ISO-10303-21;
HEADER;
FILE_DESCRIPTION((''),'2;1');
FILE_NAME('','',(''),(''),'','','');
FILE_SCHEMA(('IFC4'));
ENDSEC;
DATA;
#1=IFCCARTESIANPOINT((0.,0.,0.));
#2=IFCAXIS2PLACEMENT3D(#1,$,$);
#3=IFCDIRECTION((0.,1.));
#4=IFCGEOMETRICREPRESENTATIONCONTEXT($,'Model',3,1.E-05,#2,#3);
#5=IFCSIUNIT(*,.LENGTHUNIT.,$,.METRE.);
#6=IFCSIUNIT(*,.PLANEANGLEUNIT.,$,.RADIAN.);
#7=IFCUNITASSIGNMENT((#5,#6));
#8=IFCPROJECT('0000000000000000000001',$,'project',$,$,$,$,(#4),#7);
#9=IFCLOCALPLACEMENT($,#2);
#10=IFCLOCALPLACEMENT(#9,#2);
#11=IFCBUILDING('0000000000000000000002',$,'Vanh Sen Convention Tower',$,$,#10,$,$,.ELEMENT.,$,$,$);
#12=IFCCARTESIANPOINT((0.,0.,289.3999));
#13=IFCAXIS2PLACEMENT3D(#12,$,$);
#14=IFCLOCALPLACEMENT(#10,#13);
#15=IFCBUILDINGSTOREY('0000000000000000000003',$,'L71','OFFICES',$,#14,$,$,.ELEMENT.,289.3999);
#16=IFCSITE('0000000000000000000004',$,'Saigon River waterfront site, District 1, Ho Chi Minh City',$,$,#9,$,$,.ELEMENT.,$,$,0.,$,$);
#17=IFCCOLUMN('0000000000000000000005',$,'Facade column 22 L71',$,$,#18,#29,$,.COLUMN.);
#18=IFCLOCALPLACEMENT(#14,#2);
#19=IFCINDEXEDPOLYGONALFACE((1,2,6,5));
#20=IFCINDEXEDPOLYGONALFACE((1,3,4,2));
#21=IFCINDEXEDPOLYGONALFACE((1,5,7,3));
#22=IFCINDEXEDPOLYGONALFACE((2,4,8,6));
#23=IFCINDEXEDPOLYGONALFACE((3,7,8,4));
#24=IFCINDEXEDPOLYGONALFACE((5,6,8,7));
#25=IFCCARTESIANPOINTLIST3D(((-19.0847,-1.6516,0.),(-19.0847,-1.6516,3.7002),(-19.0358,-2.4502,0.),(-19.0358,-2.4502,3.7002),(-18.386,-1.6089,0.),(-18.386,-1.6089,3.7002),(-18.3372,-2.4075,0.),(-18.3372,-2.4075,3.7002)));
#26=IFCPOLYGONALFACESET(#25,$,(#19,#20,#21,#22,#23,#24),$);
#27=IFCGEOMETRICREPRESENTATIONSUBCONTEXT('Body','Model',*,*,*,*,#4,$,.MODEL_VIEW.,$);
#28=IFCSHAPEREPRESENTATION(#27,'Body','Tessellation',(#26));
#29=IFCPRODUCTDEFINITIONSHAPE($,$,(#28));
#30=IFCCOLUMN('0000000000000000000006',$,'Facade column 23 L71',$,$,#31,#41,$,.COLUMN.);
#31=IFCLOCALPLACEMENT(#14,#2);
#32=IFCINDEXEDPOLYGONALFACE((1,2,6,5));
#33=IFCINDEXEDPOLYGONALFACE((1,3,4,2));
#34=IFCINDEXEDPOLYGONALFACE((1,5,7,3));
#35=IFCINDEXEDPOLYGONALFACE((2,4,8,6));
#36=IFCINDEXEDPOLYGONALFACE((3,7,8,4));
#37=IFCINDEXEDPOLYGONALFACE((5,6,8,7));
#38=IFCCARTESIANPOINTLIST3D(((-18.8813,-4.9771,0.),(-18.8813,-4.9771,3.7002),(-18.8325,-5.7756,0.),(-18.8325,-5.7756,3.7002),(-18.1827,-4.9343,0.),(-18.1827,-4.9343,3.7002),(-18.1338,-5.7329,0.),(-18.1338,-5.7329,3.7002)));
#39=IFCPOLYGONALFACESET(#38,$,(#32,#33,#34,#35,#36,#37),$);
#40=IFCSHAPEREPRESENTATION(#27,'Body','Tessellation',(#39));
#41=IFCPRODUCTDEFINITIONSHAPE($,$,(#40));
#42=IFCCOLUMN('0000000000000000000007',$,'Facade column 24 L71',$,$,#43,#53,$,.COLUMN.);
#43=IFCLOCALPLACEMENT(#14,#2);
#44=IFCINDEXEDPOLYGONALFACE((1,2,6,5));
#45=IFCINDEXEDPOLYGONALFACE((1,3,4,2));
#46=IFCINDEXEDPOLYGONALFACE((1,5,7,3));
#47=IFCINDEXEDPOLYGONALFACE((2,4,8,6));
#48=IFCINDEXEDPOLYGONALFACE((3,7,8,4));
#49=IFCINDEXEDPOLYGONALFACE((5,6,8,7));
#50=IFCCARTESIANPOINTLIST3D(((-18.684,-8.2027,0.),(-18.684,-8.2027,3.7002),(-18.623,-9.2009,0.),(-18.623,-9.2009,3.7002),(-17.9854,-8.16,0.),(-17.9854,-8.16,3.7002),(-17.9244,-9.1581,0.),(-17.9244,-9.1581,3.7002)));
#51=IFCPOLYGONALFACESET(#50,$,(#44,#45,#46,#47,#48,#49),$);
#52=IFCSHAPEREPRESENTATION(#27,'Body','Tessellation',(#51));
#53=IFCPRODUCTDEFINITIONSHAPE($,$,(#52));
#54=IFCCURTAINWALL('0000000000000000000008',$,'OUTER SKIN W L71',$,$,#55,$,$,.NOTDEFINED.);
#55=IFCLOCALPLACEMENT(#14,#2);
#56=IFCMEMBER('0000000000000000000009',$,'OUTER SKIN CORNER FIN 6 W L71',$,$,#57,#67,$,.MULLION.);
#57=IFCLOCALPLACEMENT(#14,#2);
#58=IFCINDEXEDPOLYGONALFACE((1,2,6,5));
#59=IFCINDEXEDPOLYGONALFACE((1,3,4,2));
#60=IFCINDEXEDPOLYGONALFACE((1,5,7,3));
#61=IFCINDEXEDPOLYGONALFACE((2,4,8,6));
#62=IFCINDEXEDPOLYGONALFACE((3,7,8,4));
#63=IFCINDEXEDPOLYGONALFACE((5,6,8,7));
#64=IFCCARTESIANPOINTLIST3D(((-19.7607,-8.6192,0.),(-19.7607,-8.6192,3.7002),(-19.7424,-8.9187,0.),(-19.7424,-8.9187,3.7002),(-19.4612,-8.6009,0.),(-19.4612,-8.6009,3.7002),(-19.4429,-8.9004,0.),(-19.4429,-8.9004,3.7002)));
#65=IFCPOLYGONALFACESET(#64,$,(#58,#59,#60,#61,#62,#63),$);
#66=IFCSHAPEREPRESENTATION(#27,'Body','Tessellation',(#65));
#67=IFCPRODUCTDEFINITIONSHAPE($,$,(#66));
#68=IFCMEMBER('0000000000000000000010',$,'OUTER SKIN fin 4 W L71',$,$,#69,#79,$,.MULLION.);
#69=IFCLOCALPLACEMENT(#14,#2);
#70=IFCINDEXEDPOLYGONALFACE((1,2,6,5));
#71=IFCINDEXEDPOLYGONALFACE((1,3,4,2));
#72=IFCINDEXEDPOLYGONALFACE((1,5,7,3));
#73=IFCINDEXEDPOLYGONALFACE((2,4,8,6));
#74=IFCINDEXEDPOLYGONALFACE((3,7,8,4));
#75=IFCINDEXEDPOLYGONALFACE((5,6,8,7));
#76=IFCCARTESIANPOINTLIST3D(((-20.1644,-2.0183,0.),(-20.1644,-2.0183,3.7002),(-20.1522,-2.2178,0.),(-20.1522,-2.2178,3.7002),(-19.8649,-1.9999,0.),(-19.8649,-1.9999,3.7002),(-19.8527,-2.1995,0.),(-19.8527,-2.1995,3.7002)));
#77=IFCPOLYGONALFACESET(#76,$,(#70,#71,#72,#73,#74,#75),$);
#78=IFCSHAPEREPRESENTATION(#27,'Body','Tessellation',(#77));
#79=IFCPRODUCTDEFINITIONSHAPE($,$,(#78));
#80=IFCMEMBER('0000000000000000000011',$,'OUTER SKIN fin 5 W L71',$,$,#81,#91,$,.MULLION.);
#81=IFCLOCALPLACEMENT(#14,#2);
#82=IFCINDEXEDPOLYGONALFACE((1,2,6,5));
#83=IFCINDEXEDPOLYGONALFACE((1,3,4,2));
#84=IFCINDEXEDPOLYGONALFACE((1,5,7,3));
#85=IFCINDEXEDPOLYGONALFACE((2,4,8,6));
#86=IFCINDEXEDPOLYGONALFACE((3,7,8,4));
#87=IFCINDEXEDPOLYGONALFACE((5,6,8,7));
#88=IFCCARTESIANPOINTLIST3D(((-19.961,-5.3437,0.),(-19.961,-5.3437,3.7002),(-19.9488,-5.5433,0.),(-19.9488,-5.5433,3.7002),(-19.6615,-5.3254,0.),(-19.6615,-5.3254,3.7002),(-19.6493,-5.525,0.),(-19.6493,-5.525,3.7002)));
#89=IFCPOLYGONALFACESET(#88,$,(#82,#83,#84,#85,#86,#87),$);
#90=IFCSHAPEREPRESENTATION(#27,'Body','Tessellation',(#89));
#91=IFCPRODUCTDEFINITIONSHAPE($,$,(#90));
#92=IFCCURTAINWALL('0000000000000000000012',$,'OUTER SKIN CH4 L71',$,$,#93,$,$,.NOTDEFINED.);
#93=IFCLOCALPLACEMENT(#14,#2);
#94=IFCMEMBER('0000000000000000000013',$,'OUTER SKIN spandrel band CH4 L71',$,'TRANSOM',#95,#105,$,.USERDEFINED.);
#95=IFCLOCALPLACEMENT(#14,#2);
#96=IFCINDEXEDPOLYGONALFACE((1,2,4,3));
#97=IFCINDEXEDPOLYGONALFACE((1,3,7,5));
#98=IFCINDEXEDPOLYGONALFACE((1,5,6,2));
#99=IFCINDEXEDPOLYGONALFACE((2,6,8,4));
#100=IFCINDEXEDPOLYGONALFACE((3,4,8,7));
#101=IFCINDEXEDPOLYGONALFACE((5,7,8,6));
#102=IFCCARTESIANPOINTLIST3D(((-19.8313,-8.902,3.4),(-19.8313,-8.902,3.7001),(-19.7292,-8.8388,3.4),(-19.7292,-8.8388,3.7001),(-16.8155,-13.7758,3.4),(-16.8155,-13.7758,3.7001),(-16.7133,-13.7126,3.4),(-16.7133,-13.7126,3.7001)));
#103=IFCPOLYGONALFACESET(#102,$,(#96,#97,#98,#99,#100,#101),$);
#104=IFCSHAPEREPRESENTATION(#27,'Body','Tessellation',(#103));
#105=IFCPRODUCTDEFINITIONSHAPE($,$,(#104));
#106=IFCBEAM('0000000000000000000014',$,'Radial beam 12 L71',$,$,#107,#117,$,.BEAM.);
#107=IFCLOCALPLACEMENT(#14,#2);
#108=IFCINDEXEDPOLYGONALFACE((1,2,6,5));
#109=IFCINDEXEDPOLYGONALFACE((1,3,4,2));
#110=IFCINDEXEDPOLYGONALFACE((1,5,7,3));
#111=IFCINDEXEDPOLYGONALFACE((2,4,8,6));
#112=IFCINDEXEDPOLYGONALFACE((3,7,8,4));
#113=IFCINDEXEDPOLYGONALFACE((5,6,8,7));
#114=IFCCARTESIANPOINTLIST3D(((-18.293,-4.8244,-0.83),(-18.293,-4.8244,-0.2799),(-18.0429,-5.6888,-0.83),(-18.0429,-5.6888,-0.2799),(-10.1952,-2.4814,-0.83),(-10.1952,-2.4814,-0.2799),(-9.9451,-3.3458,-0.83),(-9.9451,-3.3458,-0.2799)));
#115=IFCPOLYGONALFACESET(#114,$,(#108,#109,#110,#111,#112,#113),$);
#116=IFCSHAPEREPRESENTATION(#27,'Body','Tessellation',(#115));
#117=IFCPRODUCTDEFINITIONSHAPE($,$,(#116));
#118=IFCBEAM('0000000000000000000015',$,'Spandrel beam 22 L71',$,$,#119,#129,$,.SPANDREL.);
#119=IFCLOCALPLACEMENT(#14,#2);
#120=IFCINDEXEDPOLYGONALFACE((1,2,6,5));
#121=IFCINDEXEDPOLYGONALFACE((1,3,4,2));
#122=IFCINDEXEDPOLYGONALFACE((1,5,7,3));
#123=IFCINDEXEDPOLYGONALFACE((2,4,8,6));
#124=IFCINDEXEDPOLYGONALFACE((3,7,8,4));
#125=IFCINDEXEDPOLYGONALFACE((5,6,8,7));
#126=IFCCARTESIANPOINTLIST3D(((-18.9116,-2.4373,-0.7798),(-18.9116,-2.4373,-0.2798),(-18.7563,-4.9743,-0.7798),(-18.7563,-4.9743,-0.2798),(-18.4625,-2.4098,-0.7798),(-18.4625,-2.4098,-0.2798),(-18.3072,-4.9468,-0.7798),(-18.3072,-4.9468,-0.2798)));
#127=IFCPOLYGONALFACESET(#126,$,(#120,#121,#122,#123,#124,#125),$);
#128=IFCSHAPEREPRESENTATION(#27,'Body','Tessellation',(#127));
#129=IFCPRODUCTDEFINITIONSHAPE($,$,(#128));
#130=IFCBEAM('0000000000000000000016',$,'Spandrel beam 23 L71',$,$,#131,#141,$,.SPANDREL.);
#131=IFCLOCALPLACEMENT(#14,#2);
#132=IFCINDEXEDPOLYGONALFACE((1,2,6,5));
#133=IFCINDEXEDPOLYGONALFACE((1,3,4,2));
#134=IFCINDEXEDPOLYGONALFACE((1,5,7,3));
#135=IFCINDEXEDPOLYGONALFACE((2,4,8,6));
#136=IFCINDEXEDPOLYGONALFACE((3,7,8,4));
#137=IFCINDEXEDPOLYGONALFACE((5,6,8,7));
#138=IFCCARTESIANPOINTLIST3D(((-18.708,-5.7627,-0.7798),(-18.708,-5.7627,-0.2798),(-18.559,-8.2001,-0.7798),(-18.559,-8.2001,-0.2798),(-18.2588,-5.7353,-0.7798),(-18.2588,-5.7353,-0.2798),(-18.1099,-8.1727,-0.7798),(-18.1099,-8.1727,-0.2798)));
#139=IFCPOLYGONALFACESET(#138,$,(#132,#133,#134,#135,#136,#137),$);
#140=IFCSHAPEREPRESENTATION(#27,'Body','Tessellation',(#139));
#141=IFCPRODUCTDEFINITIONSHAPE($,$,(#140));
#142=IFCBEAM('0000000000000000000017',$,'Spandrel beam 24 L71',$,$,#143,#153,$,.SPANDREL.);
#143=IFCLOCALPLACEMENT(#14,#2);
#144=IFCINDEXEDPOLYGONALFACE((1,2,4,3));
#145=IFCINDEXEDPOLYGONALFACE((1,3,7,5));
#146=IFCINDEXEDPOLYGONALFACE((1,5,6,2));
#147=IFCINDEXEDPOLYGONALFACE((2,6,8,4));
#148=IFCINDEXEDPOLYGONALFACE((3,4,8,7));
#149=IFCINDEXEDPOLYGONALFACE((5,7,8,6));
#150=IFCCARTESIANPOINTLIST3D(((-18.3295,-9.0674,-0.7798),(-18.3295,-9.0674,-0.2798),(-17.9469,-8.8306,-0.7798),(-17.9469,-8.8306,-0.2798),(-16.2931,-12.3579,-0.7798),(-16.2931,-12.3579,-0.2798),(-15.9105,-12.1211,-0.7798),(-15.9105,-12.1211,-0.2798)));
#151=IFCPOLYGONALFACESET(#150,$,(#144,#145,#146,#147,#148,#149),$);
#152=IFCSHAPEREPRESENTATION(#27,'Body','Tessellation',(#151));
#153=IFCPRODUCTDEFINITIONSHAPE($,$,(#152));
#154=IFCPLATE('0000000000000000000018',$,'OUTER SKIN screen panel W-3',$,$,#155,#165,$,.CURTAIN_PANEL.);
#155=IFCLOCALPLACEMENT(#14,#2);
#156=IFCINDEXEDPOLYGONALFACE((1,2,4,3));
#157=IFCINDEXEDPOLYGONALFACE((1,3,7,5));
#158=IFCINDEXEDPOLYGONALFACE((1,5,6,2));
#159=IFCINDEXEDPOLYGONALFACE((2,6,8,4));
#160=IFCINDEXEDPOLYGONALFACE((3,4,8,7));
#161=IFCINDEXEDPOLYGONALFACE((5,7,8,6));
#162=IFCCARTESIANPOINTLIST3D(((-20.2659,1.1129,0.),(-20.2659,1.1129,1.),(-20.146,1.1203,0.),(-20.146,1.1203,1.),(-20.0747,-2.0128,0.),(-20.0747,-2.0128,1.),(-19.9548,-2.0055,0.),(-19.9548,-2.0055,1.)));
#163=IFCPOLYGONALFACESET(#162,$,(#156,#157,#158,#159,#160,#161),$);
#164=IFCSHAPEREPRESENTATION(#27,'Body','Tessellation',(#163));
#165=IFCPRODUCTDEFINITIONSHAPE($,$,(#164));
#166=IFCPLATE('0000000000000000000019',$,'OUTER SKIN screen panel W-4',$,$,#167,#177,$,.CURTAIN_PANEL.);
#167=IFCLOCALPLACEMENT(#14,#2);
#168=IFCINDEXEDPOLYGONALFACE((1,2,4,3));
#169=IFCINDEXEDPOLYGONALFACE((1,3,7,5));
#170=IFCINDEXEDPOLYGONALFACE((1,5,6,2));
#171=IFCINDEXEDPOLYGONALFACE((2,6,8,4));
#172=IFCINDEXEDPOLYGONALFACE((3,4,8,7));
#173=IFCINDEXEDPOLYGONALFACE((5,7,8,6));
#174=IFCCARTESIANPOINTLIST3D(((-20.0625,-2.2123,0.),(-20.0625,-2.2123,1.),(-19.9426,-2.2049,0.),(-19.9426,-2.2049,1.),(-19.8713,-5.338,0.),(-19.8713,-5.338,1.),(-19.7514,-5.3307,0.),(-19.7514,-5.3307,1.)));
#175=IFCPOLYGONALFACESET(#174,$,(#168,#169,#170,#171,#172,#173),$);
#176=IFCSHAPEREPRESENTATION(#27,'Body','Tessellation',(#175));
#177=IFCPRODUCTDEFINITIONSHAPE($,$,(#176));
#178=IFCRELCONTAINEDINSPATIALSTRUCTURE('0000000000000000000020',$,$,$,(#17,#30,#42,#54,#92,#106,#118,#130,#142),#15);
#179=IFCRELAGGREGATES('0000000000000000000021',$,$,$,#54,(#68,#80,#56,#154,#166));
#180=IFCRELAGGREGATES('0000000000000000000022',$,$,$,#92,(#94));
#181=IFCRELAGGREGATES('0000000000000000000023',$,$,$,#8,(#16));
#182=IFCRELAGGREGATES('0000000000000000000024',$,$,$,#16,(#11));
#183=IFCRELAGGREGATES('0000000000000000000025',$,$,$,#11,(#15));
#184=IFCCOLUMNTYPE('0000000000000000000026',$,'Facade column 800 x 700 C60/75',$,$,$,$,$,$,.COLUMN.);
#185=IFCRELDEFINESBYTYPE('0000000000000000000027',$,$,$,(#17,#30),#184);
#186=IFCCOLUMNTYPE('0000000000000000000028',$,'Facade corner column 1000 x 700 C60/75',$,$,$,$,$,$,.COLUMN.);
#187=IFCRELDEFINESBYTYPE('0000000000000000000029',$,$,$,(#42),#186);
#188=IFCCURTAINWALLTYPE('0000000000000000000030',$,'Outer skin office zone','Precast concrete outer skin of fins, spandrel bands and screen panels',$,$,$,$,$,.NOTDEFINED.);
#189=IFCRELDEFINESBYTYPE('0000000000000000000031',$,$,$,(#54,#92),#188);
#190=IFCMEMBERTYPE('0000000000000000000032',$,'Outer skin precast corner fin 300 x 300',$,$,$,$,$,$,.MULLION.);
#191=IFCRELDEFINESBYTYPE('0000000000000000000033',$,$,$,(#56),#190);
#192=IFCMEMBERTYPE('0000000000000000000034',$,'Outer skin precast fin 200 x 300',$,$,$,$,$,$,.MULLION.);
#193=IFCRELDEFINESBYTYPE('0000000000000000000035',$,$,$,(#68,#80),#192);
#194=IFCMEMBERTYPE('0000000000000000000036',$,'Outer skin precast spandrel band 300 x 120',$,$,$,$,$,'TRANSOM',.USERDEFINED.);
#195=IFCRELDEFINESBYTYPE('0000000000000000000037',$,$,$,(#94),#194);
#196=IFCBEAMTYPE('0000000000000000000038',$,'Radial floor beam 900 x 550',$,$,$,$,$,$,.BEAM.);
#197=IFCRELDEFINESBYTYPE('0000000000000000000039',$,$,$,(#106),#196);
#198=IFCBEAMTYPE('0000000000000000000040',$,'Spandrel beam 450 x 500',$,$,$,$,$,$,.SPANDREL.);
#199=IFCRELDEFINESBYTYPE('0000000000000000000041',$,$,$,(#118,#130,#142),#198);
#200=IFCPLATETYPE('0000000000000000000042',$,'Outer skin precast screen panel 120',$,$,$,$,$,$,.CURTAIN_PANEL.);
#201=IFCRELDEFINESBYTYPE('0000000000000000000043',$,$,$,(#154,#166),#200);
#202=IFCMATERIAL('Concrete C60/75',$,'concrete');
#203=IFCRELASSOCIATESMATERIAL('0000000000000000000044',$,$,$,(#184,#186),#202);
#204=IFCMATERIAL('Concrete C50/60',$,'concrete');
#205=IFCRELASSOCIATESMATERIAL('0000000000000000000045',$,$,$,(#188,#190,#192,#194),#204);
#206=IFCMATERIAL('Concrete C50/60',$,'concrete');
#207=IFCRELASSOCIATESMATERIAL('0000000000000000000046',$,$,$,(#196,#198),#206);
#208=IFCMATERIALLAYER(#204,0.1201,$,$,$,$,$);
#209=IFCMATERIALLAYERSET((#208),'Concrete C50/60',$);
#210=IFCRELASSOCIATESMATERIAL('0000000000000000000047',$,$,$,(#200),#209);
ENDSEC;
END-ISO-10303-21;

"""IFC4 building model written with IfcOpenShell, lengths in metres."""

from ifc_helpers import new_model, si_unit, direction, frame, origin, origin_2d, place, context, subcontext, project, spatial, rectangle, extrude, material, layer, layer_set, material_profile, profile_set, type_object, element, aggregate, save


model = new_model("IFC4")

# Units and contexts
model_context = context("Model", 3, precision=1e-05, world=origin(), true_north=direction((0.0, 1.0)))
body_context = subcontext(model_context, "Body", "Model", "MODEL_VIEW")
ifc_project = project(units=[si_unit("LENGTHUNIT", "METRE"), si_unit("PLANEANGLEUNIT", "RADIAN")], contexts=[model_context])

# Site, building, storey
site_placement = place(None, origin())
site = spatial("IfcSite", under=ifc_project, at=site_placement, Name="Saigon River waterfront site, District 1, Ho Chi Minh City", CompositionType="ELEMENT", RefElevation=0.0)
building_placement = place(site_placement, origin())
building = spatial("IfcBuilding", under=site, at=building_placement, Name="Vanh Sen Convention Tower", CompositionType="ELEMENT")
storey_placement = place(building_placement, frame((0.0, 0.0, 289.3999)))
storey = spatial("IfcBuildingStorey", under=building, at=storey_placement, Name="L71", Description="OFFICES", CompositionType="ELEMENT", Elevation=289.3999)

# Columns
ifc_material_1 = material(Name="Concrete C60/75", Category="concrete")
ifc_material_profile_1 = material_profile(ifc_material_1, rectangle(XDim=0.8, YDim=0.7, at=origin_2d()), Name="RC 800X700")
ifc_profile_set_1 = profile_set([ifc_material_profile_1], Name="Concrete C60/75")
column_type_1 = type_object("IfcColumnType", Name="Facade column 800 x 700 C60/75", PredefinedType="COLUMN", material=ifc_profile_set_1)
for number, where, z_axis, x_axis, name in (
    (1, (-18.7109, -2.0295, 0.0), (0.0, 0.0, 1.0), (0.061049, -0.998135, 0.0), "Facade column 22 L71"),
    (2, (-18.5076, -5.355, 0.0), (0.0, 0.0, 1.0), (0.061049, -0.998135, 0.0), "Facade column 23 L71"),
):
    element("IfcColumn", number, at=place(storey_placement, frame(where, z_axis=z_axis, x_axis=x_axis)), inside=storey, type_object=column_type_1, Name=name, PredefinedType="COLUMN", context=body_context, shape_type="SweptSolid", body=[
        extrude(rectangle(XDim=0.8, YDim=0.7, at=origin_2d()), origin(), (0.0, 0.0, 1.0), 3.7002),
    ])
ifc_material_profile_2 = material_profile(ifc_material_1, rectangle(XDim=1.0, YDim=0.7, at=origin_2d()), Name="RC 1000X700")
ifc_profile_set_2 = profile_set([ifc_material_profile_2], Name="Concrete C60/75")
column_type_2 = type_object("IfcColumnType", Name="Facade corner column 1000 x 700 C60/75", PredefinedType="COLUMN", material=ifc_profile_set_2)
column_placement = place(storey_placement, frame((-18.3042, -8.6804, 0.0), z_axis=(0.0, 0.0, 1.0), x_axis=(0.061049, -0.998135, 0.0)))
element("IfcColumn", 3, at=column_placement, inside=storey, type_object=column_type_2, Name="Facade column 24 L71", PredefinedType="COLUMN", context=body_context, shape_type="SweptSolid", body=[
    extrude(rectangle(XDim=1.0, YDim=0.7, at=origin_2d()), origin(), (0.0, 0.0, 1.0), 3.7002),
])

# Curtain wall, members
ifc_material_2 = material(Name="Concrete C50/60", Category="concrete")
curtain_wall_type = type_object("IfcCurtainWallType", Name="Outer skin office zone", Description="Precast concrete outer skin of fins, spandrel bands and screen panels", PredefinedType="NOTDEFINED", material=ifc_material_2)
curtain_wall_1_placement = place(storey_placement, origin())
curtain_wall_1 = element("IfcCurtainWall", 4, at=curtain_wall_1_placement, inside=storey, type_object=curtain_wall_type, Name="OUTER SKIN W L71", PredefinedType="NOTDEFINED")
ifc_material_profile_3 = material_profile(ifc_material_2, rectangle(XDim=0.3, YDim=0.3, at=origin_2d()), Name="Outer skin precast corner fin 300 x 300")
ifc_profile_set_3 = profile_set([ifc_material_profile_3], Name="Concrete C50/60")
member_type_1 = type_object("IfcMemberType", Name="Outer skin precast corner fin 300 x 300", PredefinedType="MULLION", material=ifc_profile_set_3)
member_1_placement = place(storey_placement, frame((-19.6018, -8.7598, 0.0), z_axis=(0.0, 0.0, 1.0), x_axis=(0.061049, -0.998135, 0.0)))
member_1 = element("IfcMember", 5, at=member_1_placement, type_object=member_type_1, Name="OUTER SKIN CORNER FIN 6 W L71", PredefinedType="MULLION", context=body_context, shape_type="SweptSolid", body=[
    extrude(rectangle(XDim=0.3, YDim=0.3, at=origin_2d()), origin(), (0.0, 0.0, 1.0), 3.7002),
])
ifc_material_profile_4 = material_profile(ifc_material_2, rectangle(XDim=0.2, YDim=0.3, at=origin_2d()), Name="Outer skin precast fin 200 x 300")
ifc_profile_set_4 = profile_set([ifc_material_profile_4], Name="Concrete C50/60")
member_type_2 = type_object("IfcMemberType", Name="Outer skin precast fin 200 x 300", PredefinedType="MULLION", material=ifc_profile_set_4)
member_2_placement = place(storey_placement, frame((-20.0085, -2.1089, 0.0), z_axis=(0.0, 0.0, 1.0), x_axis=(0.061049, -0.998135, 0.0)))
member_2 = element("IfcMember", 6, at=member_2_placement, type_object=member_type_2, Name="OUTER SKIN fin 4 W L71", PredefinedType="MULLION", context=body_context, shape_type="SweptSolid", body=[
    extrude(rectangle(XDim=0.2, YDim=0.3, at=origin_2d()), origin(), (0.0, 0.0, 1.0), 3.7002),
])
member_3_placement = place(storey_placement, frame((-19.8052, -5.4343, 0.0), z_axis=(0.0, 0.0, 1.0), x_axis=(0.061049, -0.998135, 0.0)))
member_3 = element("IfcMember", 7, at=member_3_placement, type_object=member_type_2, Name="OUTER SKIN fin 5 W L71", PredefinedType="MULLION", context=body_context, shape_type="SweptSolid", body=[
    extrude(rectangle(XDim=0.2, YDim=0.3, at=origin_2d()), origin(), (0.0, 0.0, 1.0), 3.7002),
])

# Curtain wall, member
curtain_wall_2_placement = place(storey_placement, origin())
curtain_wall_2 = element("IfcCurtainWall", 8, at=curtain_wall_2_placement, inside=storey, type_object=curtain_wall_type, Name="OUTER SKIN CH4 L71", PredefinedType="NOTDEFINED")
ifc_material_profile_5 = material_profile(ifc_material_2, rectangle(XDim=0.1201, YDim=0.3, at=origin_2d()), Name="Outer skin precast spandrel band 300 x 120")
ifc_profile_set_5 = profile_set([ifc_material_profile_5], Name="Concrete C50/60")
member_type_3 = type_object("IfcMemberType", Name="Outer skin precast spandrel band 300 x 120", ElementType="TRANSOM", PredefinedType="USERDEFINED", material=ifc_profile_set_5)
member_4_placement = place(storey_placement, frame((-19.7803, -8.8704, 3.55), z_axis=(0.526199, -0.850361, 0.0), x_axis=(0.850361, 0.526199, 0.0)))
member_4 = element("IfcMember", 9, at=member_4_placement, type_object=member_type_3, Name="OUTER SKIN spandrel band CH4 L71", ObjectType="TRANSOM", PredefinedType="USERDEFINED", context=body_context, shape_type="SweptSolid", body=[
    extrude(rectangle(XDim=0.1201, YDim=0.3, at=origin_2d()), origin(), (0.0, 0.0, 1.0), 5.7314),
])

# Beams
ifc_material_3 = material(Name="Concrete C50/60", Category="concrete")
ifc_material_profile_6 = material_profile(ifc_material_3, rectangle(XDim=0.8999, YDim=0.55, at=origin_2d()), Name="RC 900X550")
ifc_profile_set_6 = profile_set([ifc_material_profile_6], Name="Concrete C50/60")
beam_type_1 = type_object("IfcBeamType", Name="Radial floor beam 900 x 550", PredefinedType="BEAM", material=ifc_profile_set_6)
beam_1_placement = place(storey_placement, frame((-18.168, -5.2566, -0.5549), z_axis=(0.960599, 0.277936, 0.0), x_axis=(-0.277936, 0.960599, 0.0)))
element("IfcBeam", 10, at=beam_1_placement, inside=storey, type_object=beam_type_1, Name="Radial beam 12 L71", PredefinedType="BEAM", context=body_context, shape_type="SweptSolid", body=[
    extrude(rectangle(XDim=0.8999, YDim=0.55, at=origin_2d()), origin(), (0.0, 0.0, 1.0), 8.4299),
])
ifc_material_profile_7 = material_profile(ifc_material_3, rectangle(XDim=0.45, YDim=0.5, at=origin_2d()), Name="RC 450X500")
ifc_profile_set_7 = profile_set([ifc_material_profile_7], Name="Concrete C50/60")
beam_type_2 = type_object("IfcBeamType", Name="Spandrel beam 450 x 500", PredefinedType="SPANDREL", material=ifc_profile_set_7)
beam_2_placement = place(storey_placement, frame((-18.687, -2.4236, -0.5298), z_axis=(0.061087, -0.998132, 0.0), x_axis=(0.998132, 0.061087, 0.0)))
element("IfcBeam", 11, at=beam_2_placement, inside=storey, type_object=beam_type_2, Name="Spandrel beam 22 L71", PredefinedType="SPANDREL", context=body_context, shape_type="SweptSolid", body=[
    extrude(rectangle(XDim=0.45, YDim=0.5, at=origin_2d()), origin(), (0.0, 0.0, 1.0), 2.5417),
])
beam_3_placement = place(storey_placement, frame((-18.4834, -5.749, -0.5298), z_axis=(0.06099, -0.998138, 0.0), x_axis=(0.998138, 0.06099, 0.0)))
element("IfcBeam", 12, at=beam_3_placement, inside=storey, type_object=beam_type_2, Name="Spandrel beam 23 L71", PredefinedType="SPANDREL", context=body_context, shape_type="SweptSolid", body=[
    extrude(rectangle(XDim=0.45, YDim=0.5, at=origin_2d()), origin(), (0.0, 0.0, 1.0), 2.4419),
])
beam_4_placement = place(storey_placement, frame((-18.1382, -8.949, -0.5298), z_axis=(0.526239, -0.850336, 0.0), x_axis=(0.850336, 0.526239, 0.0)))
element("IfcBeam", 13, at=beam_4_placement, inside=storey, type_object=beam_type_2, Name="Spandrel beam 24 L71", PredefinedType="SPANDREL", context=body_context, shape_type="SweptSolid", body=[
    extrude(rectangle(XDim=0.45, YDim=0.5, at=origin_2d()), origin(), (0.0, 0.0, 1.0), 3.8696),
])

# Plates
ifc_layer_1 = layer(ifc_material_2, 0.1201)
ifc_layer_set_1 = layer_set([ifc_layer_1], Name="Concrete C50/60")
plate_type = type_object("IfcPlateType", Name="Outer skin precast screen panel 120", PredefinedType="CURTAIN_PANEL", material=ifc_layer_set_1)
plate_1_placement = place(storey_placement, frame((-20.1104, -0.4463, 0.0), z_axis=(0.0, 0.0, 1.0), x_axis=(0.061052, -0.998135, 0.0)))
plate_1 = element("IfcPlate", 14, at=plate_1_placement, type_object=plate_type, Name="OUTER SKIN screen panel W-3", PredefinedType="CURTAIN_PANEL", context=body_context, shape_type="SweptSolid", body=[
    extrude(rectangle(XDim=3.1316, YDim=0.1201, at=origin_2d()), origin(), (0.0, 0.0, 1.0), 1.0),
])
plate_2_placement = place(storey_placement, frame((-19.907, -3.7715, 0.0), z_axis=(0.0, 0.0, 1.0), x_axis=(0.061052, -0.998135, 0.0)))
plate_2 = element("IfcPlate", 15, at=plate_2_placement, type_object=plate_type, Name="OUTER SKIN screen panel W-4", PredefinedType="CURTAIN_PANEL", context=body_context, shape_type="SweptSolid", body=[
    extrude(rectangle(XDim=3.1316, YDim=0.1201, at=origin_2d()), origin(), (0.0, 0.0, 1.0), 1.0),
])
aggregate(curtain_wall_1, [member_2, member_3, member_1, plate_1, plate_2])
aggregate(curtain_wall_2, [member_4])

save(model, "model.ifc")
